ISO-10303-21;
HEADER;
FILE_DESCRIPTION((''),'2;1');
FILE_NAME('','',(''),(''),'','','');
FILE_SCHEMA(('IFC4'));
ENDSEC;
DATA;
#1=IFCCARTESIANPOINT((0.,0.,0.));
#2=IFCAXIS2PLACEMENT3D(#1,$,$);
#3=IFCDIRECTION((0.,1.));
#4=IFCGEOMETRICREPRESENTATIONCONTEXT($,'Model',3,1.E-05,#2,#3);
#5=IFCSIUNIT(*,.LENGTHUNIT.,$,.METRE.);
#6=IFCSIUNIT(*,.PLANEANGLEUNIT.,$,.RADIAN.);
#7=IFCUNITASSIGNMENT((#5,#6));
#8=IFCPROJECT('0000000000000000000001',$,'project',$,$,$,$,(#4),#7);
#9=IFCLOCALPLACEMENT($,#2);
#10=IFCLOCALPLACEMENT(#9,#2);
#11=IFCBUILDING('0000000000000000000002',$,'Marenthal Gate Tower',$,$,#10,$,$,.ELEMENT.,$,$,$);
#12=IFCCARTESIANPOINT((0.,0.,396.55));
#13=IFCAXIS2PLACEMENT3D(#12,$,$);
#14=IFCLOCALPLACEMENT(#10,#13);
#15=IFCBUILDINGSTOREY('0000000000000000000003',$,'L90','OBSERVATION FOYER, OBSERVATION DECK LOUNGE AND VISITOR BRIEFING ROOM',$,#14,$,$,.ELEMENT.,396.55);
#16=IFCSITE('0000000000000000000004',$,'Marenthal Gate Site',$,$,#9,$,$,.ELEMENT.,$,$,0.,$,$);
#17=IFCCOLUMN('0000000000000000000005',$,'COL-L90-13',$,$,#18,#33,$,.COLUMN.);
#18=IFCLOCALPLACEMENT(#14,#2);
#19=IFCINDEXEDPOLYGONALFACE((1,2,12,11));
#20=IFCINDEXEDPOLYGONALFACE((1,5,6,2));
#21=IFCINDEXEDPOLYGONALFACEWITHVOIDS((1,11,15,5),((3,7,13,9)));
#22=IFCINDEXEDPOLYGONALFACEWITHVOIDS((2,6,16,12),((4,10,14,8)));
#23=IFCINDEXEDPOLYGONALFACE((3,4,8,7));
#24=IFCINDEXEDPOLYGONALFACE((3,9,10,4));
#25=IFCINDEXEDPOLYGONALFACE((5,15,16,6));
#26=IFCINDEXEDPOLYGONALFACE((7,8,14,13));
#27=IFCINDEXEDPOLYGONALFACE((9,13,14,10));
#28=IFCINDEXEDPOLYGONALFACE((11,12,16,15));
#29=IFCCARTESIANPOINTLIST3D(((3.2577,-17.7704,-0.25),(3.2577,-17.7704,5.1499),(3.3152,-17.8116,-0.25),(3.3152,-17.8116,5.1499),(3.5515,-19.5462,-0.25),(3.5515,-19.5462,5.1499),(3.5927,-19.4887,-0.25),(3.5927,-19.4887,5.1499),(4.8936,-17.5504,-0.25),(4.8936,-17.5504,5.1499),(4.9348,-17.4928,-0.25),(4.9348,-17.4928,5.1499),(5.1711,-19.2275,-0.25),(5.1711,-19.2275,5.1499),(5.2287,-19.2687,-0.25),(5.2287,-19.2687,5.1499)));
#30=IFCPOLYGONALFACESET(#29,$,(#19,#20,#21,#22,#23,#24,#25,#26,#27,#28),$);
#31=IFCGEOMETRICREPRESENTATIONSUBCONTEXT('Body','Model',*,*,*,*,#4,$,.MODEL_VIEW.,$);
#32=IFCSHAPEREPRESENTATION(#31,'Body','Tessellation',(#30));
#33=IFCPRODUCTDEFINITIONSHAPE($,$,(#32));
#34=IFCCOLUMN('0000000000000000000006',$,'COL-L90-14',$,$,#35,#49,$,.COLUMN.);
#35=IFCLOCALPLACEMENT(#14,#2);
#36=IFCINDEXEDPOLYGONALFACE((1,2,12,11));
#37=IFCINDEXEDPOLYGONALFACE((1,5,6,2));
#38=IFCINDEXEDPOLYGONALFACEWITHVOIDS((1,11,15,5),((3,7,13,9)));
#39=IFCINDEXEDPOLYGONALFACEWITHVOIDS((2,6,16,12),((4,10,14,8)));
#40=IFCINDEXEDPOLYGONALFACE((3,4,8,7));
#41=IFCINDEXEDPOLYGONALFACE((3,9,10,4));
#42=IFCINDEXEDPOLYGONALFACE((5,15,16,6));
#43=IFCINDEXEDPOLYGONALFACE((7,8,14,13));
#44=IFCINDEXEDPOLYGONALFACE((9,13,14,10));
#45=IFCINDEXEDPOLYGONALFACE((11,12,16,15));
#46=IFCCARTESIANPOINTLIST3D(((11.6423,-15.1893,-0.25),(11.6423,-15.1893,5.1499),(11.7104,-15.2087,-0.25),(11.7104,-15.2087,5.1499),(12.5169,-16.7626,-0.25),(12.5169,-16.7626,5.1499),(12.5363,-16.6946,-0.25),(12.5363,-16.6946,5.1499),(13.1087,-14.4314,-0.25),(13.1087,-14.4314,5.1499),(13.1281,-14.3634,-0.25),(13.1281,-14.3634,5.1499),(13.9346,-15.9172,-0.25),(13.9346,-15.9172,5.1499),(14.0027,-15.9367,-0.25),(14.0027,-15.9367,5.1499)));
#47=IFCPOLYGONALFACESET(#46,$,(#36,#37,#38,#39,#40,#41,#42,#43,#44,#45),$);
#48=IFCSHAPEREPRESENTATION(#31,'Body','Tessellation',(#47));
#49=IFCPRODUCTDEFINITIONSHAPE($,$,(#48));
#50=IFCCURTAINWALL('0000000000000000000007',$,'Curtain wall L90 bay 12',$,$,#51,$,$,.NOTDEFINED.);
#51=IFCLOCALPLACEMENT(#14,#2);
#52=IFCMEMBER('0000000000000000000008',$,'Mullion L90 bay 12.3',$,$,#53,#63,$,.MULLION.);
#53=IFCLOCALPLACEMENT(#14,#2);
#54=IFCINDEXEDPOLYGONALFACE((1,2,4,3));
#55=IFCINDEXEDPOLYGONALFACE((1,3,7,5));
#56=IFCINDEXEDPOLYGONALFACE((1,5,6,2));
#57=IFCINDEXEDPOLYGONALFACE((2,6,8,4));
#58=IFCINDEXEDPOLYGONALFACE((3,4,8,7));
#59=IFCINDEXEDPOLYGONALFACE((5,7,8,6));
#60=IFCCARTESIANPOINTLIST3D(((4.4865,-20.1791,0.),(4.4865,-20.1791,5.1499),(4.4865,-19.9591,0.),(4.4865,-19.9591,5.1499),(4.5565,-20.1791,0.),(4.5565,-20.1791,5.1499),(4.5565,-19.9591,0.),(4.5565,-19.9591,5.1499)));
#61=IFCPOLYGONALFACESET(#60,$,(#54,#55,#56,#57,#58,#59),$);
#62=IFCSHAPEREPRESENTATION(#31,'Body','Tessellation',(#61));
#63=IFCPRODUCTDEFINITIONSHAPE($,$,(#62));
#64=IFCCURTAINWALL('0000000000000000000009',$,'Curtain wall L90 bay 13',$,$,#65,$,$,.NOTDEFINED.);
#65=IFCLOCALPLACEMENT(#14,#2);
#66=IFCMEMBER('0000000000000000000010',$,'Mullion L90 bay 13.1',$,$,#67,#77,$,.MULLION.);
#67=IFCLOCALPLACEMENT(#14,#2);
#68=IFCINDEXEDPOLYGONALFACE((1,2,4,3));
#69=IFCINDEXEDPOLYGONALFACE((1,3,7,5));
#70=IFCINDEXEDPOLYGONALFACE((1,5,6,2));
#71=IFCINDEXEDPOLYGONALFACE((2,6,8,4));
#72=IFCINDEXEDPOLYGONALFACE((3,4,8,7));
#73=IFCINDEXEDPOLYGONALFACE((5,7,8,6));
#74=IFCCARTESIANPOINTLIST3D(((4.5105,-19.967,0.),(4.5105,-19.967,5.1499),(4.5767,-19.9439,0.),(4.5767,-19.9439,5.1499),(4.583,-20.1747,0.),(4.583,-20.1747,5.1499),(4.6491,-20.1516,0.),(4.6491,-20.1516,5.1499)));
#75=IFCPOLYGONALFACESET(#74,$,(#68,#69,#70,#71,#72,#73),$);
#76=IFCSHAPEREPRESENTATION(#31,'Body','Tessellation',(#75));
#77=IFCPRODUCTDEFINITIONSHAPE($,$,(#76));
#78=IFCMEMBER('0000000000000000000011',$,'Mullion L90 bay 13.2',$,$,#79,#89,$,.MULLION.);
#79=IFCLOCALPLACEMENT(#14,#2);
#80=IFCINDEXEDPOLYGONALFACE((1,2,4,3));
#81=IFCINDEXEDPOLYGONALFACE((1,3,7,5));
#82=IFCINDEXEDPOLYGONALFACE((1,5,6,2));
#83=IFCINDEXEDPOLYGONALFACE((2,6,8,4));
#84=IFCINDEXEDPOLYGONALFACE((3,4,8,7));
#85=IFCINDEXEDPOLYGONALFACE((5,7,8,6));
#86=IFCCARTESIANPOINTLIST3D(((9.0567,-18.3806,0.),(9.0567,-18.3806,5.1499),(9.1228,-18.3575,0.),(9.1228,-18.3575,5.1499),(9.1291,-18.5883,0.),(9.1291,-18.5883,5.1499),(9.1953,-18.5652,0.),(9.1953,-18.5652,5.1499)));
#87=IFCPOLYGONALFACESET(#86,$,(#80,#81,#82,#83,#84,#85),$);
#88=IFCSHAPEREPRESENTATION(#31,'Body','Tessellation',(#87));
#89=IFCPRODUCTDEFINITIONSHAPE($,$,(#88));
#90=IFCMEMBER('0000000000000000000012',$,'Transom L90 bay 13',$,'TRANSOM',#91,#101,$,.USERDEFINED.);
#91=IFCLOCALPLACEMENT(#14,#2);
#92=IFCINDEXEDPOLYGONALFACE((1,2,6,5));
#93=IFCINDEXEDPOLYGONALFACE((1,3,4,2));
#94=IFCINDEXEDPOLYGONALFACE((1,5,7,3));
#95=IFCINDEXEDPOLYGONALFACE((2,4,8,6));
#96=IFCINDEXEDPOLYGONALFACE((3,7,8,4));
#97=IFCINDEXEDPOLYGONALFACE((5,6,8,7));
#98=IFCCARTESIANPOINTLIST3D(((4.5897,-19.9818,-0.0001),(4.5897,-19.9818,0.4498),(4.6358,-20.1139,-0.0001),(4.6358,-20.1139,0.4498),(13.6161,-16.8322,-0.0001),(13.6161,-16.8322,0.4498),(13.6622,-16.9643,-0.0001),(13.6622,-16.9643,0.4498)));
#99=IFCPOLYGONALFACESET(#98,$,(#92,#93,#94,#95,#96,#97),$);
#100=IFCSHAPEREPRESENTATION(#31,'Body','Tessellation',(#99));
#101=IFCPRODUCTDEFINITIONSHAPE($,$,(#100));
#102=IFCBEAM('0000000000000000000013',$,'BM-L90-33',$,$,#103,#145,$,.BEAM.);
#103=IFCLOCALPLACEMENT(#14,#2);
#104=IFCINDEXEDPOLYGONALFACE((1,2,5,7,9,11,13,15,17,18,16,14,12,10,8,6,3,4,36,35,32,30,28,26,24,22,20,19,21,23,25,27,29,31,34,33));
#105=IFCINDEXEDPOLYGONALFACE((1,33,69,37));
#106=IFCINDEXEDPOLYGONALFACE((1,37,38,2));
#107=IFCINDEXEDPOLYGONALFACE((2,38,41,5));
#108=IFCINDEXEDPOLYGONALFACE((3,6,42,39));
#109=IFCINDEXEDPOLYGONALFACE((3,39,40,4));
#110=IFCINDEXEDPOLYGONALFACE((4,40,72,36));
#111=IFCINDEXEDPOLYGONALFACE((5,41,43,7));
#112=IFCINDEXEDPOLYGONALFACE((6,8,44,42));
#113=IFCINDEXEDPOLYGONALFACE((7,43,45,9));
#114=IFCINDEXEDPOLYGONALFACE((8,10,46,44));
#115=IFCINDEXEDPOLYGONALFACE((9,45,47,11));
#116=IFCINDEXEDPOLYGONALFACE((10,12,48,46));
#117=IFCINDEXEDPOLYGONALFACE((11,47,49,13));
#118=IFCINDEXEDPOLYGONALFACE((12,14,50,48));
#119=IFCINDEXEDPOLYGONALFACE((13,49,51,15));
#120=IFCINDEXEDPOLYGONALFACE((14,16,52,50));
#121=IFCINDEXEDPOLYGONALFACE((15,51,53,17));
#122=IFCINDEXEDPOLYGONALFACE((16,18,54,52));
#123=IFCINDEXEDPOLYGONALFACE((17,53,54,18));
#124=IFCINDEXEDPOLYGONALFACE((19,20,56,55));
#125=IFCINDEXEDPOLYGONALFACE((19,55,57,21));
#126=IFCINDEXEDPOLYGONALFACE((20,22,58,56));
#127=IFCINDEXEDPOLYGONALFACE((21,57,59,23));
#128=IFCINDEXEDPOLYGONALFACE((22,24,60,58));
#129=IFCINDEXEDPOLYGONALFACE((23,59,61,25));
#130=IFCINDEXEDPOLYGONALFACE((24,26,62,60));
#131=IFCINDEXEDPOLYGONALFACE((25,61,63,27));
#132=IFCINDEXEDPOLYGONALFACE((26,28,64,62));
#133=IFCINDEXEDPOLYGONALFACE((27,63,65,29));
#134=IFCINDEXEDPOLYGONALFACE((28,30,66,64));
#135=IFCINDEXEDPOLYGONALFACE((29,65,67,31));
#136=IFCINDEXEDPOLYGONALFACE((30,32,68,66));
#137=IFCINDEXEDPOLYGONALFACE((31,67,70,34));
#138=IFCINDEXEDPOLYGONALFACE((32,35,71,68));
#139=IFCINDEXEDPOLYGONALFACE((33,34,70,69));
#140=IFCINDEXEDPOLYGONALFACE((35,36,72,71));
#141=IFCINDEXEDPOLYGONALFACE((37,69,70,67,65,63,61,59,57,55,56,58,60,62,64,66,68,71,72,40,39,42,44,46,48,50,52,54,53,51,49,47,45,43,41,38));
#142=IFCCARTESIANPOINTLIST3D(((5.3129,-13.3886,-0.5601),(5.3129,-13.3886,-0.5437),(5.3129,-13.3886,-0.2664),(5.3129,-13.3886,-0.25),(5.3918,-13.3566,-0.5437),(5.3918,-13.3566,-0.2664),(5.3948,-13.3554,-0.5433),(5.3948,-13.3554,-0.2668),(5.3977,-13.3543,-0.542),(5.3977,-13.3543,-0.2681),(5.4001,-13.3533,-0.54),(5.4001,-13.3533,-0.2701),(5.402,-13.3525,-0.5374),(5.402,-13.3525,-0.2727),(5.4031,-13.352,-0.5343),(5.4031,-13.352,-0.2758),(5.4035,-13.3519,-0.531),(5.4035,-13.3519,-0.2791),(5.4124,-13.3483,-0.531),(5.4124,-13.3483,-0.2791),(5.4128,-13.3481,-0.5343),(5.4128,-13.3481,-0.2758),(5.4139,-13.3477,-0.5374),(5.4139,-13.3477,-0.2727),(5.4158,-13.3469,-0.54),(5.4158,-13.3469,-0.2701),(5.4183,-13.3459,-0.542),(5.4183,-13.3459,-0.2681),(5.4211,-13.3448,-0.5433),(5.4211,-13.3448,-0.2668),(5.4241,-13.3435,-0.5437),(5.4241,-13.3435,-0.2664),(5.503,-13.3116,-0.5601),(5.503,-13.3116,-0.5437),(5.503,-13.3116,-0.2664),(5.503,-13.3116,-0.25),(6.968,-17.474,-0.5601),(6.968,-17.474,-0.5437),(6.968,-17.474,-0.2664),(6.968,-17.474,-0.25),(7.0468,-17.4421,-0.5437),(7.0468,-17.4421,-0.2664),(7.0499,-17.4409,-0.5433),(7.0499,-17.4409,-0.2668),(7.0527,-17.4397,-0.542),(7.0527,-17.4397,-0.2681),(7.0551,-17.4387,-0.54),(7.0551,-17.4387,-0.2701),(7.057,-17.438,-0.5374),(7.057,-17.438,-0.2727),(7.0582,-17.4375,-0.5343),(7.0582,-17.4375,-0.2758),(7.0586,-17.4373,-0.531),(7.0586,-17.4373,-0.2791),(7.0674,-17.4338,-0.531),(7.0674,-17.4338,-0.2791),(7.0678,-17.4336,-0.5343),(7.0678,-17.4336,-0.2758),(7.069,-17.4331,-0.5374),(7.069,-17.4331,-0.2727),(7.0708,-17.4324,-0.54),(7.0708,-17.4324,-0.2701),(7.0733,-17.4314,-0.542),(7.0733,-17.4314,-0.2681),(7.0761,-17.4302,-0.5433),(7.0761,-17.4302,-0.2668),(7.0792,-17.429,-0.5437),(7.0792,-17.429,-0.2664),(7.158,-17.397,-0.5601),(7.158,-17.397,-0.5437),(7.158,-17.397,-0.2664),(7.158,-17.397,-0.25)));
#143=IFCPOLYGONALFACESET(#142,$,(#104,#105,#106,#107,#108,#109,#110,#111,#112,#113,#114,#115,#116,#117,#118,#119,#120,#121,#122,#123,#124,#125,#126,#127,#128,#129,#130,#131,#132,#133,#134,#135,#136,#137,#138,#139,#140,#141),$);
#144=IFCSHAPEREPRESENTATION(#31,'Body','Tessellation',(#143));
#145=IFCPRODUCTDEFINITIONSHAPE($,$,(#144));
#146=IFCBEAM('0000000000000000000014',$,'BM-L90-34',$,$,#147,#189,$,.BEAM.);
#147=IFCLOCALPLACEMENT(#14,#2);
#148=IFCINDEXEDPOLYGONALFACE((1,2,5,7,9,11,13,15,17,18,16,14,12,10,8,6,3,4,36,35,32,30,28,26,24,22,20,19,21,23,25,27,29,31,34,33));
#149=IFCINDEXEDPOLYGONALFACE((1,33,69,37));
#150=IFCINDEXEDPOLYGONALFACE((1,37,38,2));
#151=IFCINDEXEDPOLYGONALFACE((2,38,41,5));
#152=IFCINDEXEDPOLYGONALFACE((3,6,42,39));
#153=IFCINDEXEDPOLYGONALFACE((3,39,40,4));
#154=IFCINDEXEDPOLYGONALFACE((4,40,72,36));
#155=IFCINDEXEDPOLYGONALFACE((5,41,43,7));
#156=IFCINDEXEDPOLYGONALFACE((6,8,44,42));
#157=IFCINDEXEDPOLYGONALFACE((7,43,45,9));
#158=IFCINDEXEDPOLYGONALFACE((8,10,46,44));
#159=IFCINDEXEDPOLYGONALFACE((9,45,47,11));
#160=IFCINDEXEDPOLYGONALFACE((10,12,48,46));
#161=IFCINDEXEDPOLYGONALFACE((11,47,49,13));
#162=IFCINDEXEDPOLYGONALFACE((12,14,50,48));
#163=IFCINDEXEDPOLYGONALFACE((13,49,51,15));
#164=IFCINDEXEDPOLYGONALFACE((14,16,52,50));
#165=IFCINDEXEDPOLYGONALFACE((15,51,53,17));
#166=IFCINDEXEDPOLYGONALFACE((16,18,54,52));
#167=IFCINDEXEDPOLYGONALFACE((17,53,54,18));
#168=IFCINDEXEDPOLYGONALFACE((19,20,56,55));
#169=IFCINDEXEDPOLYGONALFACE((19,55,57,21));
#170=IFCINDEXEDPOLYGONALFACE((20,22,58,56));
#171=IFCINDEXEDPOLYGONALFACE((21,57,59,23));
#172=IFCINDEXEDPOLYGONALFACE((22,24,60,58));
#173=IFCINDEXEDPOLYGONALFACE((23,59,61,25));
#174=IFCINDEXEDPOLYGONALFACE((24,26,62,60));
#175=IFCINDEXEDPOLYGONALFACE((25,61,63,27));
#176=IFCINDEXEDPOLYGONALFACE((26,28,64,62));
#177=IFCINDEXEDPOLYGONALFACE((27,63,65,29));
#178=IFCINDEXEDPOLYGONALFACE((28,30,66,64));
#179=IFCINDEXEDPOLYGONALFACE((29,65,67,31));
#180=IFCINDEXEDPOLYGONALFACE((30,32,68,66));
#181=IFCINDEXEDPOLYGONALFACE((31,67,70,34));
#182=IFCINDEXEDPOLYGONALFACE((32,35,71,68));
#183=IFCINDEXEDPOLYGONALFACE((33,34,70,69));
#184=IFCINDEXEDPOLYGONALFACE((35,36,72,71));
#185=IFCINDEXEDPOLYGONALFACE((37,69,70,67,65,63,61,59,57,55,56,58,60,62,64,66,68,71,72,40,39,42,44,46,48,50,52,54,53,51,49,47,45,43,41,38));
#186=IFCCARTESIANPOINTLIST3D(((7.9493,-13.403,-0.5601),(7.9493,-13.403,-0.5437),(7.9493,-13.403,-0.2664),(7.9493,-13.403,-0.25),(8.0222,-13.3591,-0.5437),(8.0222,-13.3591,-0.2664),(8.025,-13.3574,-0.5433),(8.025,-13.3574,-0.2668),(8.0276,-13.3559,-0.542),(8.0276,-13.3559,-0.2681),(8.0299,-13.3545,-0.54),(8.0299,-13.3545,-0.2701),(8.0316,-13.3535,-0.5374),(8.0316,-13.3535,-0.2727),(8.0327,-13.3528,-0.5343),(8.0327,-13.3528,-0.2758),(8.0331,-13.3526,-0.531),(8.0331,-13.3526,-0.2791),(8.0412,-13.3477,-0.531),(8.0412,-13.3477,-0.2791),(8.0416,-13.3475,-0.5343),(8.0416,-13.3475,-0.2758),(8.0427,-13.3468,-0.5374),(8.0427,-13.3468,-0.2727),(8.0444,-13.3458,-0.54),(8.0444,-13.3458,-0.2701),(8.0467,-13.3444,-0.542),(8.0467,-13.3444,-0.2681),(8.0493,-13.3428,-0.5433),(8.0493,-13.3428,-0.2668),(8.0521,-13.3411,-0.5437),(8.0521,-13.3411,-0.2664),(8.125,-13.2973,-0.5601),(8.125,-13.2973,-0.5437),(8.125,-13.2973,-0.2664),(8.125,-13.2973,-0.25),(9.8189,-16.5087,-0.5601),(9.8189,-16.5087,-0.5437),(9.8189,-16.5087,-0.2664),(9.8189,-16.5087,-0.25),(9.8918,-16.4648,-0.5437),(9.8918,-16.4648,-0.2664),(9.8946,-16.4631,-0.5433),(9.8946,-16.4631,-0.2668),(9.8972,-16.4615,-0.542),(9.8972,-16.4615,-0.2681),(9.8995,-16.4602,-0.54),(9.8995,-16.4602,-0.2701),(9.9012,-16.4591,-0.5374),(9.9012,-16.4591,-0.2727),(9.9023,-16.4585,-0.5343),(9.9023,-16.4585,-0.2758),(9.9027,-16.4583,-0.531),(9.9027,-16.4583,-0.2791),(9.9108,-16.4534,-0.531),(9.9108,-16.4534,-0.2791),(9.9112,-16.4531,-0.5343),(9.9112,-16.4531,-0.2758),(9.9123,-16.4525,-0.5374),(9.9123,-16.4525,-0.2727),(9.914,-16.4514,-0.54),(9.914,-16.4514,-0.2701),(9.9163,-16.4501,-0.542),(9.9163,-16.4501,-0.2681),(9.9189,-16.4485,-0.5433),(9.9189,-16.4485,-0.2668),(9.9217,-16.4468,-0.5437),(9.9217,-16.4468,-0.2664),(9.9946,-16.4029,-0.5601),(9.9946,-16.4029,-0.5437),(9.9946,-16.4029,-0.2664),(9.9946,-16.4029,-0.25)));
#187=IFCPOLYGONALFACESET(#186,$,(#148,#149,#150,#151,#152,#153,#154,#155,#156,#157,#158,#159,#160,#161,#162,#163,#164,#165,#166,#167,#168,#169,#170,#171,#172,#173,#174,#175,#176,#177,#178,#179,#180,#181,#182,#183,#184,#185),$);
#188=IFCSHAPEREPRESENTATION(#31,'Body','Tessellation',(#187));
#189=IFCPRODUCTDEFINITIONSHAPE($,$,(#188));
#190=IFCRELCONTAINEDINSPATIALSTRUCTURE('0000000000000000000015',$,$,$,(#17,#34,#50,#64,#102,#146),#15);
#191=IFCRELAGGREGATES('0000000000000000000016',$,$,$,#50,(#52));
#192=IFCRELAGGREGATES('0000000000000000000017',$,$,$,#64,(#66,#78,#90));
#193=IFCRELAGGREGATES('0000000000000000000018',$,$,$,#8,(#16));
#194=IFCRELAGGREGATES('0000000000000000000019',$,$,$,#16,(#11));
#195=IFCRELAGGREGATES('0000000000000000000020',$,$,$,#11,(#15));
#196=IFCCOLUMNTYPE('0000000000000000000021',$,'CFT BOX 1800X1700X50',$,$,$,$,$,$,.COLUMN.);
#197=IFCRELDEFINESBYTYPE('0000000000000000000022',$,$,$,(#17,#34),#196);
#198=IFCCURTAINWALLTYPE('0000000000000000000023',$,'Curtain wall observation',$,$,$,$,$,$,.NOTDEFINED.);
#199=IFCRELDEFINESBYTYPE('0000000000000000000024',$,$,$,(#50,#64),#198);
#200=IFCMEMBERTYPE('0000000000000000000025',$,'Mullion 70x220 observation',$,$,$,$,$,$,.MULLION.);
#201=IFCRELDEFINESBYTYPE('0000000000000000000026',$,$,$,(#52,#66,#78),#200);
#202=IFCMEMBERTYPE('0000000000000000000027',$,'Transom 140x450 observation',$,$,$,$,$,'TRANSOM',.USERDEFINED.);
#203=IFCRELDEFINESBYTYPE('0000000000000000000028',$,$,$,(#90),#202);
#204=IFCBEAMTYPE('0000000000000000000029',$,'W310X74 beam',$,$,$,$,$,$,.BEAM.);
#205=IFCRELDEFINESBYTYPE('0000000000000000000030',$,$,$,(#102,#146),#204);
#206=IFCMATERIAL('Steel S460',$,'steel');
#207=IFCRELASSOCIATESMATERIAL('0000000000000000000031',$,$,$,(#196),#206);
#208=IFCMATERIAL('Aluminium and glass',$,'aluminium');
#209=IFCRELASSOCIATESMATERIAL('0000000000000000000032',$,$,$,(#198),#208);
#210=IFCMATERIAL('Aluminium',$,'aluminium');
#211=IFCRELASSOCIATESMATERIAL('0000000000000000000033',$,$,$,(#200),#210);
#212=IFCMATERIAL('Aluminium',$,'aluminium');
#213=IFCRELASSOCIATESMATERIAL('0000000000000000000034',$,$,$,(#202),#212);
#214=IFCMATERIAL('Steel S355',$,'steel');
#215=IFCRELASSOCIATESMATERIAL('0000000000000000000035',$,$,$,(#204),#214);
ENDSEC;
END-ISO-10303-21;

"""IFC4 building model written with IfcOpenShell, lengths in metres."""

from ifc_helpers import new_model, si_unit, direction, frame, origin, origin_2d, place, context, subcontext, project, spatial, rectangle, hollow_rectangle, i_section, extrude, material, material_profile, profile_set, type_object, element, aggregate, save


model = new_model("IFC4")

# Units and contexts
model_context = context("Model", 3, precision=1e-05, world=origin(), true_north=direction((0.0, 1.0)))
body_context = subcontext(model_context, "Body", "Model", "MODEL_VIEW")
ifc_project = project(units=[si_unit("LENGTHUNIT", "METRE"), si_unit("PLANEANGLEUNIT", "RADIAN")], contexts=[model_context])

# Site, building, storey
site_placement = place(None, origin())
site = spatial("IfcSite", under=ifc_project, at=site_placement, Name="Marenthal Gate Site", CompositionType="ELEMENT", RefElevation=0.0)
building_placement = place(site_placement, origin())
building = spatial("IfcBuilding", under=site, at=building_placement, Name="Marenthal Gate Tower", CompositionType="ELEMENT")
storey_placement = place(building_placement, frame((0.0, 0.0, 396.55)))
storey = spatial("IfcBuildingStorey", under=building, at=storey_placement, Name="L90", Description="OBSERVATION FOYER, OBSERVATION DECK LOUNGE AND VISITOR BRIEFING ROOM", CompositionType="ELEMENT", Elevation=396.55)

# Columns
ifc_material_1 = material(Name="Steel S460", Category="steel")
ifc_material_profile_1 = material_profile(ifc_material_1, hollow_rectangle(XDim=1.7, YDim=1.8, WallThickness=0.05, at=origin_2d()), Name="CFT BOX 1800X1700X50")
ifc_material_2 = material(Name="Concrete 70 MPa", Category="concrete")
ifc_material_profile_2 = material_profile(ifc_material_2, rectangle(XDim=1.6001, YDim=1.7, at=origin_2d()), Name="CFT BOX 1800X1700X50 INFILL")
ifc_profile_set_1 = profile_set([ifc_material_profile_1, ifc_material_profile_2], Name="Steel S460 shell, Concrete 70 MPa infill")
column_type = type_object("IfcColumnType", Name="CFT BOX 1800X1700X50", PredefinedType="COLUMN", material=ifc_profile_set_1)
for number, where, z_axis, x_axis, name in (
    (1, (4.2432, -18.5195, -0.25), (0.0, 0.0, 1.0), (-0.986583, -0.163262, 0.0), "COL-L90-13"),
    (2, (12.8225, -15.563, -0.25), (0.0, 0.0, 1.0), (-0.874037, -0.48586, 0.0), "COL-L90-14"),
):
    element("IfcColumn", number, at=place(storey_placement, frame(where, z_axis=z_axis, x_axis=x_axis)), inside=storey, type_object=column_type, Name=name, PredefinedType="COLUMN", context=body_context, shape_type="SweptSolid", body=[
        extrude(hollow_rectangle(XDim=1.7, YDim=1.8, WallThickness=0.05, at=origin_2d()), origin(), (0.0, 0.0, 1.0), 5.3999),
    ])

# Curtain wall, member
ifc_material_3 = material(Name="Aluminium and glass", Category="aluminium")
curtain_wall_type = type_object("IfcCurtainWallType", Name="Curtain wall observation", PredefinedType="NOTDEFINED", material=ifc_material_3)
curtain_wall_1_placement = place(storey_placement, origin())
curtain_wall_1 = element("IfcCurtainWall", 3, at=curtain_wall_1_placement, inside=storey, type_object=curtain_wall_type, Name="Curtain wall L90 bay 12", PredefinedType="NOTDEFINED")
ifc_material_4 = material(Name="Aluminium", Category="aluminium")
ifc_material_profile_3 = material_profile(ifc_material_4, rectangle(XDim=0.22, YDim=0.0701, at=origin_2d()), Name="70x220 aluminium mullion")
ifc_profile_set_2 = profile_set([ifc_material_profile_3], Name="Aluminium")
member_type_1 = type_object("IfcMemberType", Name="Mullion 70x220 observation", PredefinedType="MULLION", material=ifc_profile_set_2)
member_1_placement = place(storey_placement, frame((4.5215, -20.0691, 0.0), z_axis=(0.0, 0.0, 1.0), x_axis=(0.0, 1.0, 0.0)))
member_1 = element("IfcMember", 4, at=member_1_placement, type_object=member_type_1, Name="Mullion L90 bay 12.3", PredefinedType="MULLION", context=body_context, shape_type="SweptSolid", body=[
    extrude(rectangle(XDim=0.22, YDim=0.0701, at=origin_2d()), origin(), (0.0, 0.0, 1.0), 5.1499),
])

# Curtain wall, members
curtain_wall_2_placement = place(storey_placement, origin())
curtain_wall_2 = element("IfcCurtainWall", 5, at=curtain_wall_2_placement, inside=storey, type_object=curtain_wall_type, Name="Curtain wall L90 bay 13", PredefinedType="NOTDEFINED")
member_2_placement = place(storey_placement, frame((4.5798, -20.0593, 0.0), z_axis=(0.0, 0.0, 1.0), x_axis=(-0.329454, 0.944172, 0.0)))
member_2 = element("IfcMember", 6, at=member_2_placement, type_object=member_type_1, Name="Mullion L90 bay 13.1", PredefinedType="MULLION", context=body_context, shape_type="SweptSolid", body=[
    extrude(rectangle(XDim=0.22, YDim=0.0701, at=origin_2d()), origin(), (0.0, 0.0, 1.0), 5.1499),
])
member_3_placement = place(storey_placement, frame((9.126, -18.4729, 0.0), z_axis=(0.0, 0.0, 1.0), x_axis=(-0.329454, 0.944172, 0.0)))
member_3 = element("IfcMember", 7, at=member_3_placement, type_object=member_type_1, Name="Mullion L90 bay 13.2", PredefinedType="MULLION", context=body_context, shape_type="SweptSolid", body=[
    extrude(rectangle(XDim=0.22, YDim=0.0701, at=origin_2d()), origin(), (0.0, 0.0, 1.0), 5.1499),
])
ifc_material_5 = material(Name="Aluminium", Category="aluminium")
ifc_material_profile_4 = material_profile(ifc_material_5, rectangle(XDim=0.1399, YDim=0.45, at=origin_2d()), Name="140x450 aluminium transom")
ifc_profile_set_3 = profile_set([ifc_material_profile_4], Name="Aluminium")
member_type_2 = type_object("IfcMemberType", Name="Transom 140x450 observation", ElementType="TRANSOM", PredefinedType="USERDEFINED", material=ifc_profile_set_3)
member_4_placement = place(storey_placement, frame((4.6128, -20.0479, 0.2249), z_axis=(0.94417, 0.329458, 0.0), x_axis=(-0.329458, 0.94417, 0.0)))
member_4 = element("IfcMember", 8, at=member_4_placement, type_object=member_type_2, Name="Transom L90 bay 13", ObjectType="TRANSOM", PredefinedType="USERDEFINED", context=body_context, shape_type="SweptSolid", body=[
    extrude(rectangle(XDim=0.1399, YDim=0.45, at=origin_2d()), origin(), (0.0, 0.0, 1.0), 9.5601),
])

# Beams
ifc_material_6 = material(Name="Steel S355", Category="steel")
ifc_material_profile_5 = material_profile(ifc_material_6, i_section(OverallWidth=0.2051, OverallDepth=0.3101, WebThickness=0.0095, FlangeThickness=0.0164, FilletRadius=0.0127, at=origin_2d()), Name="W310X74")
ifc_profile_set_4 = profile_set([ifc_material_profile_5], Name="Steel S355")
beam_type_1 = type_object("IfcBeamType", Name="W310X74 beam", PredefinedType="BEAM", material=ifc_profile_set_4)
beam_1_placement = place(storey_placement, frame((7.063, -17.4355, -0.405), z_axis=(-0.375465, 0.926837, 0.0), x_axis=(-0.926837, -0.375465, 0.0)))
element("IfcBeam", 9, at=beam_1_placement, inside=storey, type_object=beam_type_1, Name="BM-L90-33", PredefinedType="BEAM", context=body_context, shape_type="SweptSolid", body=[
    extrude(i_section(OverallWidth=0.2051, OverallDepth=0.3101, WebThickness=0.0095, FlangeThickness=0.0164, FilletRadius=0.0127, at=origin_2d()), origin(), (0.0, 0.0, 1.0), 4.408),
])
beam_2_placement = place(storey_placement, frame((9.9067, -16.4558, -0.405), z_axis=(-0.515753, 0.856737, 0.0), x_axis=(-0.856737, -0.515753, 0.0)))
element("IfcBeam", 10, at=beam_2_placement, inside=storey, type_object=beam_type_1, Name="BM-L90-34", PredefinedType="BEAM", context=body_context, shape_type="SweptSolid", body=[
    extrude(i_section(OverallWidth=0.2051, OverallDepth=0.3101, WebThickness=0.0095, FlangeThickness=0.0164, FilletRadius=0.0127, at=origin_2d()), origin(), (0.0, 0.0, 1.0), 3.625),
])

aggregate(curtain_wall_1, [member_1])
aggregate(curtain_wall_2, [member_2, member_3, member_4])

save(model, "model.ifc")
